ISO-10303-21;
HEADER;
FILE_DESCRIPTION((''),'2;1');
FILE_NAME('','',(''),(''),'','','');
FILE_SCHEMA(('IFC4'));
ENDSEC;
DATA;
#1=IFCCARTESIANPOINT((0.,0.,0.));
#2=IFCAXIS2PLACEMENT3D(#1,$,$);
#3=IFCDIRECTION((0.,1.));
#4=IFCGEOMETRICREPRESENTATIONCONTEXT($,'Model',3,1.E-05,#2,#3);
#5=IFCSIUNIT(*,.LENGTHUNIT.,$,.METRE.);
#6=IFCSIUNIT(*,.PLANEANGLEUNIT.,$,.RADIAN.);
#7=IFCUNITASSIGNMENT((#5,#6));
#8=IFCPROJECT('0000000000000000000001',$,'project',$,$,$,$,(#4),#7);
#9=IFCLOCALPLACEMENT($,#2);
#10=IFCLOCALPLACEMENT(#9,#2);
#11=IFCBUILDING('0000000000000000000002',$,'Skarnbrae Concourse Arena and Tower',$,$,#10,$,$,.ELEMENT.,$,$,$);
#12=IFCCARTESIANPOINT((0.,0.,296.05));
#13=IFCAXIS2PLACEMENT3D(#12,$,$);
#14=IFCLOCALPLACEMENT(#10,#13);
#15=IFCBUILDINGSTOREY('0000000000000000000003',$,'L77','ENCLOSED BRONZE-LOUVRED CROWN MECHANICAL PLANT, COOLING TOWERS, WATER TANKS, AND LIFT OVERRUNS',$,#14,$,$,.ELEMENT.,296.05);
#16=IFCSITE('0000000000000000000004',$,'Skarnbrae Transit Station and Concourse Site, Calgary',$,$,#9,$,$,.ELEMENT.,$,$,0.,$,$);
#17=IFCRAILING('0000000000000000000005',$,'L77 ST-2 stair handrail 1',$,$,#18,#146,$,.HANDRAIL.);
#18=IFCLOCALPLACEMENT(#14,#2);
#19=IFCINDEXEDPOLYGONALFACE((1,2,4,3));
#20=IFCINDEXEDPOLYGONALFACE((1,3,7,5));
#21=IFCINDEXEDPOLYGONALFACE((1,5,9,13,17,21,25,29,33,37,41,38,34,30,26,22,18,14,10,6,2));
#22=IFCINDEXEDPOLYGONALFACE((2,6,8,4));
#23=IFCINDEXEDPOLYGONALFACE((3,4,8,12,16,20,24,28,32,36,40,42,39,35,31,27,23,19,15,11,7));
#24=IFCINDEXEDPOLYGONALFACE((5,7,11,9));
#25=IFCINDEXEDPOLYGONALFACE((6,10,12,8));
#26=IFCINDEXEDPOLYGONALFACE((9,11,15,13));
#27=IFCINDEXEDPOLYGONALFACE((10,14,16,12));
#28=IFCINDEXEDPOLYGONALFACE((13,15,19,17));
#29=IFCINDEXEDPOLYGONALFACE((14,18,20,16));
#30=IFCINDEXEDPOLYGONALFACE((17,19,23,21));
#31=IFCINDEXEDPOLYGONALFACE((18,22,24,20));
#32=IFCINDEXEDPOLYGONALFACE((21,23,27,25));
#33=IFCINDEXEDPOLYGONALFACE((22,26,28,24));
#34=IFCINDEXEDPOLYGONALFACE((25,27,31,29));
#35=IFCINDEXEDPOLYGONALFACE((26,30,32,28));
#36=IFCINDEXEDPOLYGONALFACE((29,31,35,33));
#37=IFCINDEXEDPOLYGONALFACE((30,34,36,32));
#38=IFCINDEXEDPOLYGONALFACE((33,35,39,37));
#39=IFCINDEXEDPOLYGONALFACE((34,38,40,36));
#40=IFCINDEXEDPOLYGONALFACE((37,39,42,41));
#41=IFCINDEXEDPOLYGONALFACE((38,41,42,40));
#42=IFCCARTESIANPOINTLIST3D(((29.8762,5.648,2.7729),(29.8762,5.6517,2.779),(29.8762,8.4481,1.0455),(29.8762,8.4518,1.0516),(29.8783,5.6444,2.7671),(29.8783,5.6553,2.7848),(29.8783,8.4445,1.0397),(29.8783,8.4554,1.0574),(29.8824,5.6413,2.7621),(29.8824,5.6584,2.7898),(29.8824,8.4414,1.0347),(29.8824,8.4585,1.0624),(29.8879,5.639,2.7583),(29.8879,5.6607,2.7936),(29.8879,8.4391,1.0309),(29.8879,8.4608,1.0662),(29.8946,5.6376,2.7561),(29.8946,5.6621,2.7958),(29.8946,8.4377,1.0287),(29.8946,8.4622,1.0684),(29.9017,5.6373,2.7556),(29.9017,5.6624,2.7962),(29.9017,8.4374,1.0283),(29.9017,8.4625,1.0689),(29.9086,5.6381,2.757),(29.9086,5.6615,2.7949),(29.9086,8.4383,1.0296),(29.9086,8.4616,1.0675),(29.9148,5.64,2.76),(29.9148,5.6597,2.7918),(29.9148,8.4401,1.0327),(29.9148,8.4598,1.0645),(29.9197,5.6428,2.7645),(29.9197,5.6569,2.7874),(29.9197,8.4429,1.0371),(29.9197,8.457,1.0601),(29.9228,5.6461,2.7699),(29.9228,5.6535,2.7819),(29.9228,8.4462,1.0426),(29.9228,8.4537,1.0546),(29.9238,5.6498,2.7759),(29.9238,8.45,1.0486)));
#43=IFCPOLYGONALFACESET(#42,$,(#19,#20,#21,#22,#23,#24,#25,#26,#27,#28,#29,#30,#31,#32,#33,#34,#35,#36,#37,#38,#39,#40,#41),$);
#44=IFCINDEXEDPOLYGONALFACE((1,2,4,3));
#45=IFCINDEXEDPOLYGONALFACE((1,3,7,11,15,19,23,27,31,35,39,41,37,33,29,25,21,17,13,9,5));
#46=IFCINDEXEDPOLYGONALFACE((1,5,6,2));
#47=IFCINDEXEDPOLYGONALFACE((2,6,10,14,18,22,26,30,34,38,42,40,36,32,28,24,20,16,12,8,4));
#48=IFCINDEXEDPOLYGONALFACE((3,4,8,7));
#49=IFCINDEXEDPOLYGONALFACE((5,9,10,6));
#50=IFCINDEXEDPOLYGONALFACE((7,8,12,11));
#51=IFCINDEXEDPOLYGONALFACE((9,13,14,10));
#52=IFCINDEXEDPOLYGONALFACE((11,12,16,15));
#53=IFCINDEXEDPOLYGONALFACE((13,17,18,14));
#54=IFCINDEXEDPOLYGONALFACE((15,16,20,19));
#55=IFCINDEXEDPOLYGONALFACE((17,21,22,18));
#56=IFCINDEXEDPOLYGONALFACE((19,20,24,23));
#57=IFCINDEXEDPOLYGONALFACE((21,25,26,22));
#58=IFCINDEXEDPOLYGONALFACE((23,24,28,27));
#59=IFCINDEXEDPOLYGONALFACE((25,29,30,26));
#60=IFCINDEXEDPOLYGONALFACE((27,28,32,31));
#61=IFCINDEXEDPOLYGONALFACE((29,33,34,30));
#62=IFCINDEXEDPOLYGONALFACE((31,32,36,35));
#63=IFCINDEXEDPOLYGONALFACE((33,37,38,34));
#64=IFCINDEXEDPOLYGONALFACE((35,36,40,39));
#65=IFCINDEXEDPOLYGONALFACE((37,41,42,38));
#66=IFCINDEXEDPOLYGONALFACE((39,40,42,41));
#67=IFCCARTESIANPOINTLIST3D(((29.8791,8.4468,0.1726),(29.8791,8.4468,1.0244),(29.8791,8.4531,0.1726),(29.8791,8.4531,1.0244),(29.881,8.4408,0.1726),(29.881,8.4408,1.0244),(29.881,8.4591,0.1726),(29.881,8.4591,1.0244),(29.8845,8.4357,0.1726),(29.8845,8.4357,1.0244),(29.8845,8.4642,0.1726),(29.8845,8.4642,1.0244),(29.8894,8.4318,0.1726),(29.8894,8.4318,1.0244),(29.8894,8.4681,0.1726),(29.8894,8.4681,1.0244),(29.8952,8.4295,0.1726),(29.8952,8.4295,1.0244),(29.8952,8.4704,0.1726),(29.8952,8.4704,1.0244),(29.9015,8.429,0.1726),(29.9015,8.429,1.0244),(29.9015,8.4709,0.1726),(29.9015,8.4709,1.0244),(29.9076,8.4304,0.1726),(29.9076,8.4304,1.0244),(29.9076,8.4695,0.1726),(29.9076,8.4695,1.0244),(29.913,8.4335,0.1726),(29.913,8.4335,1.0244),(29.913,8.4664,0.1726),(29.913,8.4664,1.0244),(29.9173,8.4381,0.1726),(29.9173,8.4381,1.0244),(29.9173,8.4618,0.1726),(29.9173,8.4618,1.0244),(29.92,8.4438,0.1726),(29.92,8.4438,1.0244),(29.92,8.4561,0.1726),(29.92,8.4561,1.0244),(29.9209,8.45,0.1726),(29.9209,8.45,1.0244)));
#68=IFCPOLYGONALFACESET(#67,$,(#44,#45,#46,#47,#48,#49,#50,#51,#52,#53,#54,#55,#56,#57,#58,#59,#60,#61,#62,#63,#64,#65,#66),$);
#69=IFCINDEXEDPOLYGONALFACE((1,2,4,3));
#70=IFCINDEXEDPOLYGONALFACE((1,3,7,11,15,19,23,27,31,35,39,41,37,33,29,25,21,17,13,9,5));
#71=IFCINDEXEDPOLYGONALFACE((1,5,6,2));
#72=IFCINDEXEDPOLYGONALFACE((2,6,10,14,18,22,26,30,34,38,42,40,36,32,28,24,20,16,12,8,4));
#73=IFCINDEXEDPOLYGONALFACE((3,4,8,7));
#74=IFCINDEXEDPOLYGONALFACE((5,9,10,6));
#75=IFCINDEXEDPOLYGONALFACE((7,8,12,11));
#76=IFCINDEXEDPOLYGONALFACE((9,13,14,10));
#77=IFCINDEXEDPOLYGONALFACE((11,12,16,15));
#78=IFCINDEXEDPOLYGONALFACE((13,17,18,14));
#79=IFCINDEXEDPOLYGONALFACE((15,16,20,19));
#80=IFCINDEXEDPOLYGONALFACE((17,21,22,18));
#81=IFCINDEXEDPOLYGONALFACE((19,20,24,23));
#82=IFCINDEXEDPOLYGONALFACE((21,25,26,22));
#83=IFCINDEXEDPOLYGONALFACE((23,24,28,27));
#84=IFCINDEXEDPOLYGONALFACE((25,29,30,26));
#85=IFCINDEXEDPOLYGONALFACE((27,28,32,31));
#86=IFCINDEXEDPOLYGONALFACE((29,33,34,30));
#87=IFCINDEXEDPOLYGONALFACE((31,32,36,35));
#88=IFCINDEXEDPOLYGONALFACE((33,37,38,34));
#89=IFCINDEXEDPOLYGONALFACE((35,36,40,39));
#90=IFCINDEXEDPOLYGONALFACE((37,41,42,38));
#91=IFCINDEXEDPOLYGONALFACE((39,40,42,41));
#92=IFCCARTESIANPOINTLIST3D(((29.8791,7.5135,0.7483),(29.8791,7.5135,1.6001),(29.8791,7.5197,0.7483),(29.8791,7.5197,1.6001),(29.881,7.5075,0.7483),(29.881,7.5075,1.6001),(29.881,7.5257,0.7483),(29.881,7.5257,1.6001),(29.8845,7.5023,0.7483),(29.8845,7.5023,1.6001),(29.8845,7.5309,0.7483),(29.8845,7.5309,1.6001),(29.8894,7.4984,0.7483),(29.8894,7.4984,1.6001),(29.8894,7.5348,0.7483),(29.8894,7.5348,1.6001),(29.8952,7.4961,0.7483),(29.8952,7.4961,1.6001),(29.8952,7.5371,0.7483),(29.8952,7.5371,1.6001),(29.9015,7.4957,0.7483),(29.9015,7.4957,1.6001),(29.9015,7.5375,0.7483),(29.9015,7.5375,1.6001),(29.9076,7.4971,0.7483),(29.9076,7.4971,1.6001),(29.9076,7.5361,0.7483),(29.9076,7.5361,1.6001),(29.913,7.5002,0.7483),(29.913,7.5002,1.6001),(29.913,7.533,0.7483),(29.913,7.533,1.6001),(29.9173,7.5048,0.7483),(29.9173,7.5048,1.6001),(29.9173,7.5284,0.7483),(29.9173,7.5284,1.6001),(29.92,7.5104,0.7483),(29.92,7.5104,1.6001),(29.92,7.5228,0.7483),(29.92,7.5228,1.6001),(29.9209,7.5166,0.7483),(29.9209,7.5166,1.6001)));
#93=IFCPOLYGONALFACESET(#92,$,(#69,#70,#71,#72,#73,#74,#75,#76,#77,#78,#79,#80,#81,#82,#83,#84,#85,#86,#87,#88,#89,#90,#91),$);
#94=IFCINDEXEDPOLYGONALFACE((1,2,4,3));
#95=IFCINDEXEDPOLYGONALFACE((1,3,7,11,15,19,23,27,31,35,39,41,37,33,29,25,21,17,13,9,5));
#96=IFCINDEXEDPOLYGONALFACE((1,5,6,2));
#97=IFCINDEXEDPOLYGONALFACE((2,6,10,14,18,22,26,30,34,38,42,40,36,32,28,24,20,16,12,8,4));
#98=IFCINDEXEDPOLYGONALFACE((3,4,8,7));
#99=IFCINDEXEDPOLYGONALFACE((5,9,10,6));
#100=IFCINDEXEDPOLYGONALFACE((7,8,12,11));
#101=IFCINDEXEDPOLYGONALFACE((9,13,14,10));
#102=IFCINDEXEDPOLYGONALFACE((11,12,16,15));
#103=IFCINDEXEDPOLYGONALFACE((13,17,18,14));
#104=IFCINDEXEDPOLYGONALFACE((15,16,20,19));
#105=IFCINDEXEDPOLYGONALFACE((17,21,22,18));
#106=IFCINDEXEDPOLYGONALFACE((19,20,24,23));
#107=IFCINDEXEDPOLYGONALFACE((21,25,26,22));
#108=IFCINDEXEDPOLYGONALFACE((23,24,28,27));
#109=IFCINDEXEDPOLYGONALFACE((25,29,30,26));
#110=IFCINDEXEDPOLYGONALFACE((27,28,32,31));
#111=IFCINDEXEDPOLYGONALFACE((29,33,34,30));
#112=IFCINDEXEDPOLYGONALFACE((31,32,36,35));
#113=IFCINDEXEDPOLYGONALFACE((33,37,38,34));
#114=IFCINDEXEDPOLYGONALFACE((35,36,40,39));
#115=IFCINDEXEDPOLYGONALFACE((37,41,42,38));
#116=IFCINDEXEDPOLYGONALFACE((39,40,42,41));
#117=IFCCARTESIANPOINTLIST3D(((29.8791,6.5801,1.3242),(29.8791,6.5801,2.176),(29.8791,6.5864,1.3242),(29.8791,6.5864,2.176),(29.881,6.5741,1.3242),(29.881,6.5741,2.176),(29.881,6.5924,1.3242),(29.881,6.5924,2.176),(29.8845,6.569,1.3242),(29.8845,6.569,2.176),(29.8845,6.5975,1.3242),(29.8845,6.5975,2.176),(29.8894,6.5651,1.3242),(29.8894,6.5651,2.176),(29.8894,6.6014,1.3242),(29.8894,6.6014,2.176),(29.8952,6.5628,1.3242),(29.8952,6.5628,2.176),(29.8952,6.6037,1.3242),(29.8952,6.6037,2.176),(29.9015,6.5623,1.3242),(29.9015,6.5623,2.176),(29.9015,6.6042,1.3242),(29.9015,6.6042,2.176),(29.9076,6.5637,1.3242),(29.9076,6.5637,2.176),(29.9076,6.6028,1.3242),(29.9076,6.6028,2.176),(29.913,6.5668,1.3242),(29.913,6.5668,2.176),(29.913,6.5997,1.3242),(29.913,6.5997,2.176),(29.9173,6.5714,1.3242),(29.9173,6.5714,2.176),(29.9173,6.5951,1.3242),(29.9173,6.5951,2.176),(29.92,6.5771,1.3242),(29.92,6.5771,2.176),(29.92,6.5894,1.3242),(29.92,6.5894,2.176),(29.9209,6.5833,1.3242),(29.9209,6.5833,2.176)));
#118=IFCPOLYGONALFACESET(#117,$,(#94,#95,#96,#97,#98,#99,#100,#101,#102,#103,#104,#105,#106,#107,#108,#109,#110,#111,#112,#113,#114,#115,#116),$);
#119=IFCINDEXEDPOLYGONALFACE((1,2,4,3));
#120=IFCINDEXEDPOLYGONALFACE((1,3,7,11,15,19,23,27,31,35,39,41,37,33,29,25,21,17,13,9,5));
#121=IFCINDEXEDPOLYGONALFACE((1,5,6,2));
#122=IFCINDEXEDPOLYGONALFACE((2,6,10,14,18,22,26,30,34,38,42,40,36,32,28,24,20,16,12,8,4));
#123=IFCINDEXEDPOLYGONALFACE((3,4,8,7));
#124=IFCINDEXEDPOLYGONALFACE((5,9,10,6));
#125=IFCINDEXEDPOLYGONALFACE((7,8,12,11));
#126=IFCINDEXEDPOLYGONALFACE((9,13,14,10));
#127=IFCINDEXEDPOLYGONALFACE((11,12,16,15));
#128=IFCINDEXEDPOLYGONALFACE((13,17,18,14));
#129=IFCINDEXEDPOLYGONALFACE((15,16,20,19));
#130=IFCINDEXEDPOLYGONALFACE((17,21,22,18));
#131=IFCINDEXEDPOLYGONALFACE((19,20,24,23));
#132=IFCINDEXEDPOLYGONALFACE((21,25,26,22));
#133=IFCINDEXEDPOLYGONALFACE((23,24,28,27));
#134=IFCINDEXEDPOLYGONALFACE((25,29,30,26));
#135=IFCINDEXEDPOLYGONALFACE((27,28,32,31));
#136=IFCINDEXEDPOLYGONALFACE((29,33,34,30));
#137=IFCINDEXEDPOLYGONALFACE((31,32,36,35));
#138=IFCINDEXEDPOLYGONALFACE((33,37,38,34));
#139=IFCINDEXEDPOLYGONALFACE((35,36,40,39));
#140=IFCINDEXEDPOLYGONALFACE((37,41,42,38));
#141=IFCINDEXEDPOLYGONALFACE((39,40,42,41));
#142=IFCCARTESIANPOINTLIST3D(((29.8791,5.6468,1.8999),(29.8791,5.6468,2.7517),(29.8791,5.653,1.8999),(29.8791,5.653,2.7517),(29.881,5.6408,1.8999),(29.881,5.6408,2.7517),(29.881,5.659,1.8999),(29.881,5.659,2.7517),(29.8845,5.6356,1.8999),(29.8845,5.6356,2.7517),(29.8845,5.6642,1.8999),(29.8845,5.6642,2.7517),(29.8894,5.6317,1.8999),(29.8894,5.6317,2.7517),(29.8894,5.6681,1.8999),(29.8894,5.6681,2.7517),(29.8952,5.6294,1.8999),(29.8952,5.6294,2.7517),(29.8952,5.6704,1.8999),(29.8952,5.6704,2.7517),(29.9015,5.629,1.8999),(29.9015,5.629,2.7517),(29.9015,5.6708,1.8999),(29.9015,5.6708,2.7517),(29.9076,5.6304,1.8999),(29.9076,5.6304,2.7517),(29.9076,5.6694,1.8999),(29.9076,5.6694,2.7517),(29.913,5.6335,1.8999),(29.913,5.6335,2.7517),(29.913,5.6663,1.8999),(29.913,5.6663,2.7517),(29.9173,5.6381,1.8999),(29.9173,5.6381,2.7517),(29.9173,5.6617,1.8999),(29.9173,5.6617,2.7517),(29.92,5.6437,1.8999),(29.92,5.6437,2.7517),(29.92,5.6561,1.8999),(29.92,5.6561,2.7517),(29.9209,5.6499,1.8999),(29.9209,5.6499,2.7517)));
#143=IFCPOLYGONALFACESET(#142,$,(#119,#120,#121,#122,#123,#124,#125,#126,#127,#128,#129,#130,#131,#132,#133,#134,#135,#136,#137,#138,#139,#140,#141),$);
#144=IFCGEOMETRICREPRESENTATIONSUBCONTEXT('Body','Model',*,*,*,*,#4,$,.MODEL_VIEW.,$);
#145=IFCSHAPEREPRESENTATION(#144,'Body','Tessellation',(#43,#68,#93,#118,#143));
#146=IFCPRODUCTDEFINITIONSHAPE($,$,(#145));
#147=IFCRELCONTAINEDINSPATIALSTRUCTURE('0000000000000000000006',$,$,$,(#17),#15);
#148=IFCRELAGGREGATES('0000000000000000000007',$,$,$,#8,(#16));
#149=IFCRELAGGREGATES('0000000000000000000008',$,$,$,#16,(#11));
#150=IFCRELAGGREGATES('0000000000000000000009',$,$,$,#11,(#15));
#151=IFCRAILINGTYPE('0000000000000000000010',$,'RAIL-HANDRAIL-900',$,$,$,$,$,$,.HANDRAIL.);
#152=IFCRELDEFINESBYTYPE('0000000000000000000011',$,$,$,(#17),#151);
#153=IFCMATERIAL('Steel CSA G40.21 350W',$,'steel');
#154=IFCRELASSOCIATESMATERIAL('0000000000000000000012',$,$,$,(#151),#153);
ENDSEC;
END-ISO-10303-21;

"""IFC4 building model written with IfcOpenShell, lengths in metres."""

from ifc_helpers import new_model, si_unit, direction, frame, origin, origin_2d, place, context, subcontext, project, spatial, circle, extrude, material, type_object, element, save


model = new_model("IFC4")

# Units and contexts
model_context = context("Model", 3, precision=1e-05, world=origin(), true_north=direction((0.0, 1.0)))
body_context = subcontext(model_context, "Body", "Model", "MODEL_VIEW")
ifc_project = project(units=[si_unit("LENGTHUNIT", "METRE"), si_unit("PLANEANGLEUNIT", "RADIAN")], contexts=[model_context])

# Site, building, storey
site_placement = place(None, origin())
site = spatial("IfcSite", under=ifc_project, at=site_placement, Name="Skarnbrae Transit Station and Concourse Site, Calgary", CompositionType="ELEMENT", RefElevation=0.0)
building_placement = place(site_placement, origin())
building = spatial("IfcBuilding", under=site, at=building_placement, Name="Skarnbrae Concourse Arena and Tower", CompositionType="ELEMENT")
storey_placement = place(building_placement, frame((0.0, 0.0, 296.05)))
storey = spatial("IfcBuildingStorey", under=building, at=storey_placement, Name="L77", Description="ENCLOSED BRONZE-LOUVRED CROWN MECHANICAL PLANT, COOLING TOWERS, WATER TANKS, AND LIFT OVERRUNS", CompositionType="ELEMENT", Elevation=296.05)

# Shared definitions
ifc_material_1 = material(Name="Steel CSA G40.21 350W", Category="steel")

# Railing
railing_type_1 = type_object("IfcRailingType", Name="RAIL-HANDRAIL-900", PredefinedType="HANDRAIL", material=ifc_material_1)
railing_1_placement = place(storey_placement, frame((29.8999, 8.45, 0.1726)))
element("IfcRailing", 1, at=railing_1_placement, inside=storey, type_object=railing_type_1, Name="L77 ST-2 stair handrail 1", PredefinedType="HANDRAIL", context=body_context, shape_type="SweptSolid", body=[
    extrude(circle(Radius=0.0239, at=origin_2d()), frame((0.0, 0.0, 0.876), z_axis=(0.0, -0.85109, 0.52502), x_axis=(1.0, 0.0, 0.0)), (0.0, 0.0, 1.0), 3.29),
    extrude(circle(Radius=0.021, at=origin_2d()), origin(), (0.0, 0.0, 1.0), 0.8518),
    extrude(circle(Radius=0.021, at=origin_2d()), frame((0.0, -0.9333, 0.5757)), (0.0, 0.0, 1.0), 0.8518),
    extrude(circle(Radius=0.021, at=origin_2d()), frame((0.0, -1.8667, 1.1516)), (0.0, 0.0, 1.0), 0.8518),
    extrude(circle(Radius=0.021, at=origin_2d()), frame((0.0, -2.8, 1.7273)), (0.0, 0.0, 1.0), 0.8518),
])

save(model, "model.ifc")
